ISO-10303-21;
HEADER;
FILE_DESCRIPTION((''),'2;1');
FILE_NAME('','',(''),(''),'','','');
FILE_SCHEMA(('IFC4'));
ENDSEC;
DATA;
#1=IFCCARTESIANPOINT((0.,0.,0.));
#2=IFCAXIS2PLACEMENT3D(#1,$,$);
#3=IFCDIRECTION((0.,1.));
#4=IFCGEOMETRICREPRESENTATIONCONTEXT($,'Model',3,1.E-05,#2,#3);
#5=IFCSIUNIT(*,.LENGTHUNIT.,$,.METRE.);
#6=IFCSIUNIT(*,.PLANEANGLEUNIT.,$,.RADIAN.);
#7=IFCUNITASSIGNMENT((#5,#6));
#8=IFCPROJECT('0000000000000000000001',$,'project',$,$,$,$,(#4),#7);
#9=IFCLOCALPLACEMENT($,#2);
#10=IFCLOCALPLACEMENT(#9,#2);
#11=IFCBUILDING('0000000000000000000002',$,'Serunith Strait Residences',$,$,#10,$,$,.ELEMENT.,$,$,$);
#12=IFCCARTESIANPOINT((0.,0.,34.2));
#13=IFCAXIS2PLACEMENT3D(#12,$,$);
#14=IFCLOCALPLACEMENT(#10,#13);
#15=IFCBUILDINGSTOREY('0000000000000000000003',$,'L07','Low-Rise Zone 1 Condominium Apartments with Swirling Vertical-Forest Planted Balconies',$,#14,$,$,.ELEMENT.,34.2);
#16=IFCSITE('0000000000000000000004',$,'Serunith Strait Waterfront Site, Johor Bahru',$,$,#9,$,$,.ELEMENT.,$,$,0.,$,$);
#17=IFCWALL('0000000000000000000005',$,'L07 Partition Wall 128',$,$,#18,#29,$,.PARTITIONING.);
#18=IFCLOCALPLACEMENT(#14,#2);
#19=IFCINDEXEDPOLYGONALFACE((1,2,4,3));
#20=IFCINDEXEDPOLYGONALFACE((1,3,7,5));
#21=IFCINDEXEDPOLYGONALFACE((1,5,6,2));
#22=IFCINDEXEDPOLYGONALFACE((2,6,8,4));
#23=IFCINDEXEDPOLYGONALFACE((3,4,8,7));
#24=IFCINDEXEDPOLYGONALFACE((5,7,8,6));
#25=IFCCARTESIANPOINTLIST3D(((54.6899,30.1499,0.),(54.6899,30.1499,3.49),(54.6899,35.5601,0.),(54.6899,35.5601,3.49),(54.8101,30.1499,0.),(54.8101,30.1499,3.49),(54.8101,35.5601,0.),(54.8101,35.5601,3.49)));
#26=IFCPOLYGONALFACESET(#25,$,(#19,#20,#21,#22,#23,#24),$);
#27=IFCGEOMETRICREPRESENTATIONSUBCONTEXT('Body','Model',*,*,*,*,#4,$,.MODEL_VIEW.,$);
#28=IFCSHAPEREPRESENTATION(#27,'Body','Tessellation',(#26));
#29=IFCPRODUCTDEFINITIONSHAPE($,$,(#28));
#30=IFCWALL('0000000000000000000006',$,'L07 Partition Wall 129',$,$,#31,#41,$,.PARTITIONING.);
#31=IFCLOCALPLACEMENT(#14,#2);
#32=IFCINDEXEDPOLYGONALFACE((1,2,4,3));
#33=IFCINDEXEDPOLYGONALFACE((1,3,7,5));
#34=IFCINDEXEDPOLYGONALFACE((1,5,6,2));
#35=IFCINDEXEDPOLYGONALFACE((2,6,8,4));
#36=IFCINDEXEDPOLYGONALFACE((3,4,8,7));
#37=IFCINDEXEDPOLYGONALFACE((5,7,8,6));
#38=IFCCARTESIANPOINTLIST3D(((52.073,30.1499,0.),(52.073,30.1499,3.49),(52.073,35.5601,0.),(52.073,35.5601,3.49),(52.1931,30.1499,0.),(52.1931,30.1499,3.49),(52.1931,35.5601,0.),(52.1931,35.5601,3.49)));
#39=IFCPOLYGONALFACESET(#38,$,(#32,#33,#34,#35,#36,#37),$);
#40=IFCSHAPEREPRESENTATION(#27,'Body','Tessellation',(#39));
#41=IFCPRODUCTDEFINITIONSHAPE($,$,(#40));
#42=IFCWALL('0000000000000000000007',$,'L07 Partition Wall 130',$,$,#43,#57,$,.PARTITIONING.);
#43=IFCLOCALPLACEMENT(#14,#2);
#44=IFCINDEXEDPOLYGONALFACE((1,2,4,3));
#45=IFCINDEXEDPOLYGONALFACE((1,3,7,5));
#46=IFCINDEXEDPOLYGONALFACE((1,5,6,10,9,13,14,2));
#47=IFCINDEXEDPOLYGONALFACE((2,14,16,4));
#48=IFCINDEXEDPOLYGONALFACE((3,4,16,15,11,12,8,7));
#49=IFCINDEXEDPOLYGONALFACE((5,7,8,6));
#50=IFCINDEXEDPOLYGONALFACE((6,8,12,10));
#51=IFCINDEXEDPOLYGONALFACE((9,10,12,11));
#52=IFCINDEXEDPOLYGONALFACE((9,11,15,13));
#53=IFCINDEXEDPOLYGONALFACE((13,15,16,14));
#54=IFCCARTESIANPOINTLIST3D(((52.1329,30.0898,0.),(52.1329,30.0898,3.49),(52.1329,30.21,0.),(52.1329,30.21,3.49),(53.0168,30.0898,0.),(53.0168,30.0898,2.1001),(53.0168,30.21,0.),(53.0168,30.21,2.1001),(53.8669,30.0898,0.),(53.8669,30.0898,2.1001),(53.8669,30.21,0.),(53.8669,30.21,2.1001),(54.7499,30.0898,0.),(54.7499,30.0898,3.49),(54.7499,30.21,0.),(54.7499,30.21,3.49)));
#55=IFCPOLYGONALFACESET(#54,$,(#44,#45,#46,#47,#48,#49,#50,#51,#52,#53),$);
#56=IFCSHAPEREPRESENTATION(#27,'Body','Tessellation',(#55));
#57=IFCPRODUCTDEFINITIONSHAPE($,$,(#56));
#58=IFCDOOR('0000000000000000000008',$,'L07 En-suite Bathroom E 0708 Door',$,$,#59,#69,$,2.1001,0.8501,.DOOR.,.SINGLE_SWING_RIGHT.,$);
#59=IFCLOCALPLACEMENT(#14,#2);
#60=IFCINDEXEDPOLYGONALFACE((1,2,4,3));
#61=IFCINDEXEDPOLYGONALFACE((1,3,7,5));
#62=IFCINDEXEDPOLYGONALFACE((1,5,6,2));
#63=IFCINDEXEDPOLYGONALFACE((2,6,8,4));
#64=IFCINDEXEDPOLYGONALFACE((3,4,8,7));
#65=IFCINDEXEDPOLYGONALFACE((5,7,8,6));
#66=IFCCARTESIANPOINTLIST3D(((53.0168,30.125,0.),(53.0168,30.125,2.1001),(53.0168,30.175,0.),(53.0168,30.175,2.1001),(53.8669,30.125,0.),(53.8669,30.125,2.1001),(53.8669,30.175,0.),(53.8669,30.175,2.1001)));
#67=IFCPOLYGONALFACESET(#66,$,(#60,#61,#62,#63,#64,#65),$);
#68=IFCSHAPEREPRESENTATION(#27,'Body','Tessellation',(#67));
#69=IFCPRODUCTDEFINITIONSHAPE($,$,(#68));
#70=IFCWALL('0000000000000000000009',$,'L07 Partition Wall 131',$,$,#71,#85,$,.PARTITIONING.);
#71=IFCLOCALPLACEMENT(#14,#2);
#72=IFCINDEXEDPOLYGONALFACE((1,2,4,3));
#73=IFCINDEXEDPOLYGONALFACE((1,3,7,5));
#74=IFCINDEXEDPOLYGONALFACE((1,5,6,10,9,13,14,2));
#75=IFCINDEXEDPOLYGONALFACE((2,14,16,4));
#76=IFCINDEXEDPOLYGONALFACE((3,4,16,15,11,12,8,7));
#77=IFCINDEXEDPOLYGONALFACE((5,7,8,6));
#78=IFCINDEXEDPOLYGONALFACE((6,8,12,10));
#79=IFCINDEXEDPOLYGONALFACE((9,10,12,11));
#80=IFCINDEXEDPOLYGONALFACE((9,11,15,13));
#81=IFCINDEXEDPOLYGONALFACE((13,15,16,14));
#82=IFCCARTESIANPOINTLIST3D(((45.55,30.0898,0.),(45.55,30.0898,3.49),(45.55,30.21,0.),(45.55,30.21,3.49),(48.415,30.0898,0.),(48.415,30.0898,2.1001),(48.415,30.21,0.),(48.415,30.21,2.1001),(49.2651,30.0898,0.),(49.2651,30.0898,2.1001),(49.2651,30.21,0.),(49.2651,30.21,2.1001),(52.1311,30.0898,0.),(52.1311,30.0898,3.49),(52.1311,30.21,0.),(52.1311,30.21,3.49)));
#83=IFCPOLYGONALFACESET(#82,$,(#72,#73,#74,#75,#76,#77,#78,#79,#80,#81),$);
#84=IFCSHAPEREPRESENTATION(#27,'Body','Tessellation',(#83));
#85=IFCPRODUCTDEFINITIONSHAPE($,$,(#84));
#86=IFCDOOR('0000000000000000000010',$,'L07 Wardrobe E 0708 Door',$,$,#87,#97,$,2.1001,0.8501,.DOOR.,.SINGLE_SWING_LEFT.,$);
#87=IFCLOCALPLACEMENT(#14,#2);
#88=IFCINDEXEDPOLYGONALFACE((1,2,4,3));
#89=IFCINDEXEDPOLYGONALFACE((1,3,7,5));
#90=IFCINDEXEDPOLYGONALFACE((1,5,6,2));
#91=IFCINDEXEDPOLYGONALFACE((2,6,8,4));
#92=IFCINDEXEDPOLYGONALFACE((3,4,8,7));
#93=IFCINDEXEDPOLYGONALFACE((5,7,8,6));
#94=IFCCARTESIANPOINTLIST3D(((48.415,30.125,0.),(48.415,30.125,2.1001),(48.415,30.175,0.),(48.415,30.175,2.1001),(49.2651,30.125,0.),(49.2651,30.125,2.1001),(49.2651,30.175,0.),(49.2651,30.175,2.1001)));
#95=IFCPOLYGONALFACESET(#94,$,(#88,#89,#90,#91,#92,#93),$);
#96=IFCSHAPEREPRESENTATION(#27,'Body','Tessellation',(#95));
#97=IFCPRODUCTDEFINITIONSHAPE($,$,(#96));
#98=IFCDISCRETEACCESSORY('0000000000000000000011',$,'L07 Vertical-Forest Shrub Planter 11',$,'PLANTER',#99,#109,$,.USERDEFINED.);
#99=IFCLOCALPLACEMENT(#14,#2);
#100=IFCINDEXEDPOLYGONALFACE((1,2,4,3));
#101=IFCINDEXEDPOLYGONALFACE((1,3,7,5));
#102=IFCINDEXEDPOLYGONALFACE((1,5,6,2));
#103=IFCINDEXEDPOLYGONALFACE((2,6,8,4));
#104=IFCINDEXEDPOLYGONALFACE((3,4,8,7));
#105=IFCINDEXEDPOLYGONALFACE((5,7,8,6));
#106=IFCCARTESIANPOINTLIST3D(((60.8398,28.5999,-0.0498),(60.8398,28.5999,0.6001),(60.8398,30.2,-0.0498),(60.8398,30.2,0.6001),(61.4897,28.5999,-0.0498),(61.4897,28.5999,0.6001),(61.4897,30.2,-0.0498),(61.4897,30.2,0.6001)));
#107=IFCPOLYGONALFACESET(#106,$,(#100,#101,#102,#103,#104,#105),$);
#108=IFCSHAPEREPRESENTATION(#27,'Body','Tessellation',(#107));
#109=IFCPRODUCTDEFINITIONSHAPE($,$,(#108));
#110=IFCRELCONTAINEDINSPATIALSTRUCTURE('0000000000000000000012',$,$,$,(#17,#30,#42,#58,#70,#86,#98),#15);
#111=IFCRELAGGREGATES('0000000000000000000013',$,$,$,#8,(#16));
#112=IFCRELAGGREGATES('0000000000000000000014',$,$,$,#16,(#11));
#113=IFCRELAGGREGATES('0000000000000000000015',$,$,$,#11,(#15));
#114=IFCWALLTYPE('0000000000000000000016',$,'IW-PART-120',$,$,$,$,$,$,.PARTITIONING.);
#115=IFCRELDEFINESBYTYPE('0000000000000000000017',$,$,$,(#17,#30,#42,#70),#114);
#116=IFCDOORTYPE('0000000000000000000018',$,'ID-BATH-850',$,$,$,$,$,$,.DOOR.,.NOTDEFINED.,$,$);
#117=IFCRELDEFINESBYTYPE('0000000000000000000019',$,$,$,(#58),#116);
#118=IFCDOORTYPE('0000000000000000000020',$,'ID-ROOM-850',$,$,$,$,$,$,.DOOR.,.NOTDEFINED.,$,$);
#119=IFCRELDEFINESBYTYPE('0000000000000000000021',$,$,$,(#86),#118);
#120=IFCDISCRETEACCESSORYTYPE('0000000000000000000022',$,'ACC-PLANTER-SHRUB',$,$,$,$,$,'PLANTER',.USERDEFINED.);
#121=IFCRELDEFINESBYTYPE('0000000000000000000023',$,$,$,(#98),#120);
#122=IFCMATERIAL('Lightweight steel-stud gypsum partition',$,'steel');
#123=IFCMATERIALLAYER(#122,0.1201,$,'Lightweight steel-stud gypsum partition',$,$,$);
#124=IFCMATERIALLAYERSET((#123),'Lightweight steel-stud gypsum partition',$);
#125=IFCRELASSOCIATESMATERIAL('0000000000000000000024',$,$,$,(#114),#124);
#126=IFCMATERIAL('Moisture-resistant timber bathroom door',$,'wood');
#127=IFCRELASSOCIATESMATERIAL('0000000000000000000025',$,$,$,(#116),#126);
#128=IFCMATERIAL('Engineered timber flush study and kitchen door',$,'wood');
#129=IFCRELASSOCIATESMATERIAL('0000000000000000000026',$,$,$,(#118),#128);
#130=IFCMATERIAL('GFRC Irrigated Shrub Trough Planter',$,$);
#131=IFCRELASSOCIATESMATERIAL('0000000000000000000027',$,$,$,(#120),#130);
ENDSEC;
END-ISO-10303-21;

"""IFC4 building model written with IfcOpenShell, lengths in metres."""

from ifc_helpers import new_model, si_unit, direction, frame, frame_2d, origin, origin_2d, place, context, subcontext, project, spatial, rectangle, extrude, source, transform, mapped, material, layer, layer_set, type_object, element, fill, save


model = new_model("IFC4")

# Units and contexts
model_context = context("Model", 3, precision=1e-05, world=origin(), true_north=direction((0.0, 1.0)))
body_context = subcontext(model_context, "Body", "Model", "MODEL_VIEW")
ifc_project = project(units=[si_unit("LENGTHUNIT", "METRE"), si_unit("PLANEANGLEUNIT", "RADIAN")], contexts=[model_context])

# Site, building, storey
site_placement = place(None, origin())
site = spatial("IfcSite", under=ifc_project, at=site_placement, Name="Serunith Strait Waterfront Site, Johor Bahru", CompositionType="ELEMENT", RefElevation=0.0)
building_placement = place(site_placement, origin())
building = spatial("IfcBuilding", under=site, at=building_placement, Name="Serunith Strait Residences", CompositionType="ELEMENT")
storey_placement = place(building_placement, frame((0.0, 0.0, 34.2)))
storey = spatial("IfcBuildingStorey", under=building, at=storey_placement, Name="L07", Description="Low-Rise Zone 1 Condominium Apartments with Swirling Vertical-Forest Planted Balconies", CompositionType="ELEMENT", Elevation=34.2)

# Shared definitions
ifc_material_1 = material(Name="Lightweight steel-stud gypsum partition", Category="steel")
ifc_layer_1 = layer(ifc_material_1, 0.1201, Name="Lightweight steel-stud gypsum partition")
ifc_layer_set_1 = layer_set([ifc_layer_1], Name="Lightweight steel-stud gypsum partition")
wall_type = type_object("IfcWallType", Name="IW-PART-120", PredefinedType="PARTITIONING", material=ifc_layer_set_1)
ifc_material_2 = material(Name="Moisture-resistant timber bathroom door", Category="wood")
door_type_1 = type_object("IfcDoorType", Name="ID-BATH-850", OperationType="NOTDEFINED", PredefinedType="DOOR", material=ifc_material_2)
shared_shape_1 = source(origin(), body_context, "Body", "SweptSolid", [
    extrude(rectangle(XDim=0.8501, YDim=2.1001, at=frame_2d((0.425, 1.05))), frame((0.0, 0.0249, 0.0), z_axis=(0.0, -1.0, 0.0), x_axis=(1.0, 0.0, 0.0)), (0.0, 0.0, 1.0), 0.05),
])
ifc_material_3 = material(Name="Engineered timber flush study and kitchen door", Category="wood")
door_type_2 = type_object("IfcDoorType", Name="ID-ROOM-850", OperationType="NOTDEFINED", PredefinedType="DOOR", material=ifc_material_3)

# Walls
for number, where, z_axis, x_axis, name in (
    (1, (54.75, 30.1499, 0.0), (0.0, 0.0, 1.0), (0.0, 1.0, 0.0), "L07 Partition Wall 128"),
    (2, (52.1331, 30.1499, 0.0), (0.0, 0.0, 1.0), (0.0, 1.0, 0.0), "L07 Partition Wall 129"),
):
    element("IfcWall", number, at=place(storey_placement, frame(where, z_axis=z_axis, x_axis=x_axis)), inside=storey, type_object=wall_type, Name=name, PredefinedType="PARTITIONING", context=body_context, shape_type="SweptSolid", body=[
        extrude(rectangle(XDim=5.4102, YDim=0.1201, at=frame_2d((2.7051, 0.0))), origin(), (0.0, 0.0, 1.0), 3.49),
    ])

# Walls, openings, doors
wall_1_placement = place(storey_placement, frame((54.75, 30.1499, 0.0), z_axis=(0.0, 0.0, 1.0), x_axis=(-1.0, 0.0, 0.0)))
wall_1 = element("IfcWall", 3, at=wall_1_placement, inside=storey, type_object=wall_type, Name="L07 Partition Wall 130", PredefinedType="PARTITIONING", context=body_context, shape_type="SweptSolid", body=[
    extrude(rectangle(XDim=2.6169, YDim=0.1201, at=frame_2d((1.3086, 0.0))), origin(), (0.0, 0.0, 1.0), 3.49),
])
opening_1_placement = place(wall_1_placement, frame((0.8831, 0.0, 0.0)))
opening_1 = element("IfcOpeningElement", 4, at=opening_1_placement, cuts=wall_1, PredefinedType="OPENING", context=body_context, shape_type="SweptSolid", body=[
    extrude(rectangle(XDim=0.8501, YDim=2.1001, at=frame_2d((0.425, 1.05))), frame((0.0, 0.0701, 0.0), z_axis=(0.0, -1.0, 0.0), x_axis=(1.0, 0.0, 0.0)), (0.0, 0.0, 1.0), 0.1401),
])
door_1_placement = place(opening_1_placement, origin())
door_1 = element("IfcDoor", 5, at=door_1_placement, inside=storey, type_object=door_type_1, Name="L07 En-suite Bathroom E 0708 Door", OperationType="SINGLE_SWING_RIGHT", OverallHeight=2.1001, OverallWidth=0.8501, PredefinedType="DOOR", context=body_context, shape_type="MappedRepresentation", body=[
    mapped(shared_shape_1, transform((0.0, 0.0, 0.0), scale=1.0)),
])
fill(opening_1, door_1)
wall_2_placement = place(storey_placement, frame((52.1311, 30.1499, 0.0), z_axis=(0.0, 0.0, 1.0), x_axis=(-1.0, 0.0, 0.0)))
wall_2 = element("IfcWall", 6, at=wall_2_placement, inside=storey, type_object=wall_type, Name="L07 Partition Wall 131", PredefinedType="PARTITIONING", context=body_context, shape_type="SweptSolid", body=[
    extrude(rectangle(XDim=6.5811, YDim=0.1201, at=frame_2d((3.2905, 0.0))), origin(), (0.0, 0.0, 1.0), 3.49),
])
opening_2_placement = place(wall_2_placement, frame((2.866, 0.0, 0.0)))
opening_2 = element("IfcOpeningElement", 7, at=opening_2_placement, cuts=wall_2, PredefinedType="OPENING", context=body_context, shape_type="SweptSolid", body=[
    extrude(rectangle(XDim=0.8501, YDim=2.1001, at=frame_2d((0.425, 1.05))), frame((0.0, 0.0701, 0.0), z_axis=(0.0, -1.0, 0.0), x_axis=(1.0, 0.0, 0.0)), (0.0, 0.0, 1.0), 0.1401),
])
door_2_placement = place(opening_2_placement, origin())
door_2 = element("IfcDoor", 8, at=door_2_placement, inside=storey, type_object=door_type_2, Name="L07 Wardrobe E 0708 Door", OperationType="SINGLE_SWING_LEFT", OverallHeight=2.1001, OverallWidth=0.8501, PredefinedType="DOOR", context=body_context, shape_type="MappedRepresentation", body=[
    mapped(shared_shape_1, transform((0.0, 0.0, 0.0), scale=1.0)),
])
fill(opening_2, door_2)

# Discrete accessory
ifc_material_4 = material(Name="GFRC Irrigated Shrub Trough Planter")
discrete_accessory_type = type_object("IfcDiscreteAccessoryType", Name="ACC-PLANTER-SHRUB", ElementType="PLANTER", PredefinedType="USERDEFINED", material=ifc_material_4)
shared_shape_2 = source(origin(), body_context, "Body", "SweptSolid", [
    extrude(rectangle(XDim=1.6001, YDim=0.6499, at=origin_2d()), origin(), (0.0, 0.0, 1.0), 0.6499),
])
discrete_accessory_placement = place(storey_placement, frame((61.1648, 29.3999, -0.0498), z_axis=(0.0, 0.0, 1.0), x_axis=(0.0, 1.0, 0.0)))
element("IfcDiscreteAccessory", 9, at=discrete_accessory_placement, inside=storey, type_object=discrete_accessory_type, Name="L07 Vertical-Forest Shrub Planter 11", ObjectType="PLANTER", PredefinedType="USERDEFINED", context=body_context, shape_type="MappedRepresentation", body=[
    mapped(shared_shape_2, transform((0.0, 0.0, 0.0), scale=1.0)),
])

save(model, "model.ifc")
